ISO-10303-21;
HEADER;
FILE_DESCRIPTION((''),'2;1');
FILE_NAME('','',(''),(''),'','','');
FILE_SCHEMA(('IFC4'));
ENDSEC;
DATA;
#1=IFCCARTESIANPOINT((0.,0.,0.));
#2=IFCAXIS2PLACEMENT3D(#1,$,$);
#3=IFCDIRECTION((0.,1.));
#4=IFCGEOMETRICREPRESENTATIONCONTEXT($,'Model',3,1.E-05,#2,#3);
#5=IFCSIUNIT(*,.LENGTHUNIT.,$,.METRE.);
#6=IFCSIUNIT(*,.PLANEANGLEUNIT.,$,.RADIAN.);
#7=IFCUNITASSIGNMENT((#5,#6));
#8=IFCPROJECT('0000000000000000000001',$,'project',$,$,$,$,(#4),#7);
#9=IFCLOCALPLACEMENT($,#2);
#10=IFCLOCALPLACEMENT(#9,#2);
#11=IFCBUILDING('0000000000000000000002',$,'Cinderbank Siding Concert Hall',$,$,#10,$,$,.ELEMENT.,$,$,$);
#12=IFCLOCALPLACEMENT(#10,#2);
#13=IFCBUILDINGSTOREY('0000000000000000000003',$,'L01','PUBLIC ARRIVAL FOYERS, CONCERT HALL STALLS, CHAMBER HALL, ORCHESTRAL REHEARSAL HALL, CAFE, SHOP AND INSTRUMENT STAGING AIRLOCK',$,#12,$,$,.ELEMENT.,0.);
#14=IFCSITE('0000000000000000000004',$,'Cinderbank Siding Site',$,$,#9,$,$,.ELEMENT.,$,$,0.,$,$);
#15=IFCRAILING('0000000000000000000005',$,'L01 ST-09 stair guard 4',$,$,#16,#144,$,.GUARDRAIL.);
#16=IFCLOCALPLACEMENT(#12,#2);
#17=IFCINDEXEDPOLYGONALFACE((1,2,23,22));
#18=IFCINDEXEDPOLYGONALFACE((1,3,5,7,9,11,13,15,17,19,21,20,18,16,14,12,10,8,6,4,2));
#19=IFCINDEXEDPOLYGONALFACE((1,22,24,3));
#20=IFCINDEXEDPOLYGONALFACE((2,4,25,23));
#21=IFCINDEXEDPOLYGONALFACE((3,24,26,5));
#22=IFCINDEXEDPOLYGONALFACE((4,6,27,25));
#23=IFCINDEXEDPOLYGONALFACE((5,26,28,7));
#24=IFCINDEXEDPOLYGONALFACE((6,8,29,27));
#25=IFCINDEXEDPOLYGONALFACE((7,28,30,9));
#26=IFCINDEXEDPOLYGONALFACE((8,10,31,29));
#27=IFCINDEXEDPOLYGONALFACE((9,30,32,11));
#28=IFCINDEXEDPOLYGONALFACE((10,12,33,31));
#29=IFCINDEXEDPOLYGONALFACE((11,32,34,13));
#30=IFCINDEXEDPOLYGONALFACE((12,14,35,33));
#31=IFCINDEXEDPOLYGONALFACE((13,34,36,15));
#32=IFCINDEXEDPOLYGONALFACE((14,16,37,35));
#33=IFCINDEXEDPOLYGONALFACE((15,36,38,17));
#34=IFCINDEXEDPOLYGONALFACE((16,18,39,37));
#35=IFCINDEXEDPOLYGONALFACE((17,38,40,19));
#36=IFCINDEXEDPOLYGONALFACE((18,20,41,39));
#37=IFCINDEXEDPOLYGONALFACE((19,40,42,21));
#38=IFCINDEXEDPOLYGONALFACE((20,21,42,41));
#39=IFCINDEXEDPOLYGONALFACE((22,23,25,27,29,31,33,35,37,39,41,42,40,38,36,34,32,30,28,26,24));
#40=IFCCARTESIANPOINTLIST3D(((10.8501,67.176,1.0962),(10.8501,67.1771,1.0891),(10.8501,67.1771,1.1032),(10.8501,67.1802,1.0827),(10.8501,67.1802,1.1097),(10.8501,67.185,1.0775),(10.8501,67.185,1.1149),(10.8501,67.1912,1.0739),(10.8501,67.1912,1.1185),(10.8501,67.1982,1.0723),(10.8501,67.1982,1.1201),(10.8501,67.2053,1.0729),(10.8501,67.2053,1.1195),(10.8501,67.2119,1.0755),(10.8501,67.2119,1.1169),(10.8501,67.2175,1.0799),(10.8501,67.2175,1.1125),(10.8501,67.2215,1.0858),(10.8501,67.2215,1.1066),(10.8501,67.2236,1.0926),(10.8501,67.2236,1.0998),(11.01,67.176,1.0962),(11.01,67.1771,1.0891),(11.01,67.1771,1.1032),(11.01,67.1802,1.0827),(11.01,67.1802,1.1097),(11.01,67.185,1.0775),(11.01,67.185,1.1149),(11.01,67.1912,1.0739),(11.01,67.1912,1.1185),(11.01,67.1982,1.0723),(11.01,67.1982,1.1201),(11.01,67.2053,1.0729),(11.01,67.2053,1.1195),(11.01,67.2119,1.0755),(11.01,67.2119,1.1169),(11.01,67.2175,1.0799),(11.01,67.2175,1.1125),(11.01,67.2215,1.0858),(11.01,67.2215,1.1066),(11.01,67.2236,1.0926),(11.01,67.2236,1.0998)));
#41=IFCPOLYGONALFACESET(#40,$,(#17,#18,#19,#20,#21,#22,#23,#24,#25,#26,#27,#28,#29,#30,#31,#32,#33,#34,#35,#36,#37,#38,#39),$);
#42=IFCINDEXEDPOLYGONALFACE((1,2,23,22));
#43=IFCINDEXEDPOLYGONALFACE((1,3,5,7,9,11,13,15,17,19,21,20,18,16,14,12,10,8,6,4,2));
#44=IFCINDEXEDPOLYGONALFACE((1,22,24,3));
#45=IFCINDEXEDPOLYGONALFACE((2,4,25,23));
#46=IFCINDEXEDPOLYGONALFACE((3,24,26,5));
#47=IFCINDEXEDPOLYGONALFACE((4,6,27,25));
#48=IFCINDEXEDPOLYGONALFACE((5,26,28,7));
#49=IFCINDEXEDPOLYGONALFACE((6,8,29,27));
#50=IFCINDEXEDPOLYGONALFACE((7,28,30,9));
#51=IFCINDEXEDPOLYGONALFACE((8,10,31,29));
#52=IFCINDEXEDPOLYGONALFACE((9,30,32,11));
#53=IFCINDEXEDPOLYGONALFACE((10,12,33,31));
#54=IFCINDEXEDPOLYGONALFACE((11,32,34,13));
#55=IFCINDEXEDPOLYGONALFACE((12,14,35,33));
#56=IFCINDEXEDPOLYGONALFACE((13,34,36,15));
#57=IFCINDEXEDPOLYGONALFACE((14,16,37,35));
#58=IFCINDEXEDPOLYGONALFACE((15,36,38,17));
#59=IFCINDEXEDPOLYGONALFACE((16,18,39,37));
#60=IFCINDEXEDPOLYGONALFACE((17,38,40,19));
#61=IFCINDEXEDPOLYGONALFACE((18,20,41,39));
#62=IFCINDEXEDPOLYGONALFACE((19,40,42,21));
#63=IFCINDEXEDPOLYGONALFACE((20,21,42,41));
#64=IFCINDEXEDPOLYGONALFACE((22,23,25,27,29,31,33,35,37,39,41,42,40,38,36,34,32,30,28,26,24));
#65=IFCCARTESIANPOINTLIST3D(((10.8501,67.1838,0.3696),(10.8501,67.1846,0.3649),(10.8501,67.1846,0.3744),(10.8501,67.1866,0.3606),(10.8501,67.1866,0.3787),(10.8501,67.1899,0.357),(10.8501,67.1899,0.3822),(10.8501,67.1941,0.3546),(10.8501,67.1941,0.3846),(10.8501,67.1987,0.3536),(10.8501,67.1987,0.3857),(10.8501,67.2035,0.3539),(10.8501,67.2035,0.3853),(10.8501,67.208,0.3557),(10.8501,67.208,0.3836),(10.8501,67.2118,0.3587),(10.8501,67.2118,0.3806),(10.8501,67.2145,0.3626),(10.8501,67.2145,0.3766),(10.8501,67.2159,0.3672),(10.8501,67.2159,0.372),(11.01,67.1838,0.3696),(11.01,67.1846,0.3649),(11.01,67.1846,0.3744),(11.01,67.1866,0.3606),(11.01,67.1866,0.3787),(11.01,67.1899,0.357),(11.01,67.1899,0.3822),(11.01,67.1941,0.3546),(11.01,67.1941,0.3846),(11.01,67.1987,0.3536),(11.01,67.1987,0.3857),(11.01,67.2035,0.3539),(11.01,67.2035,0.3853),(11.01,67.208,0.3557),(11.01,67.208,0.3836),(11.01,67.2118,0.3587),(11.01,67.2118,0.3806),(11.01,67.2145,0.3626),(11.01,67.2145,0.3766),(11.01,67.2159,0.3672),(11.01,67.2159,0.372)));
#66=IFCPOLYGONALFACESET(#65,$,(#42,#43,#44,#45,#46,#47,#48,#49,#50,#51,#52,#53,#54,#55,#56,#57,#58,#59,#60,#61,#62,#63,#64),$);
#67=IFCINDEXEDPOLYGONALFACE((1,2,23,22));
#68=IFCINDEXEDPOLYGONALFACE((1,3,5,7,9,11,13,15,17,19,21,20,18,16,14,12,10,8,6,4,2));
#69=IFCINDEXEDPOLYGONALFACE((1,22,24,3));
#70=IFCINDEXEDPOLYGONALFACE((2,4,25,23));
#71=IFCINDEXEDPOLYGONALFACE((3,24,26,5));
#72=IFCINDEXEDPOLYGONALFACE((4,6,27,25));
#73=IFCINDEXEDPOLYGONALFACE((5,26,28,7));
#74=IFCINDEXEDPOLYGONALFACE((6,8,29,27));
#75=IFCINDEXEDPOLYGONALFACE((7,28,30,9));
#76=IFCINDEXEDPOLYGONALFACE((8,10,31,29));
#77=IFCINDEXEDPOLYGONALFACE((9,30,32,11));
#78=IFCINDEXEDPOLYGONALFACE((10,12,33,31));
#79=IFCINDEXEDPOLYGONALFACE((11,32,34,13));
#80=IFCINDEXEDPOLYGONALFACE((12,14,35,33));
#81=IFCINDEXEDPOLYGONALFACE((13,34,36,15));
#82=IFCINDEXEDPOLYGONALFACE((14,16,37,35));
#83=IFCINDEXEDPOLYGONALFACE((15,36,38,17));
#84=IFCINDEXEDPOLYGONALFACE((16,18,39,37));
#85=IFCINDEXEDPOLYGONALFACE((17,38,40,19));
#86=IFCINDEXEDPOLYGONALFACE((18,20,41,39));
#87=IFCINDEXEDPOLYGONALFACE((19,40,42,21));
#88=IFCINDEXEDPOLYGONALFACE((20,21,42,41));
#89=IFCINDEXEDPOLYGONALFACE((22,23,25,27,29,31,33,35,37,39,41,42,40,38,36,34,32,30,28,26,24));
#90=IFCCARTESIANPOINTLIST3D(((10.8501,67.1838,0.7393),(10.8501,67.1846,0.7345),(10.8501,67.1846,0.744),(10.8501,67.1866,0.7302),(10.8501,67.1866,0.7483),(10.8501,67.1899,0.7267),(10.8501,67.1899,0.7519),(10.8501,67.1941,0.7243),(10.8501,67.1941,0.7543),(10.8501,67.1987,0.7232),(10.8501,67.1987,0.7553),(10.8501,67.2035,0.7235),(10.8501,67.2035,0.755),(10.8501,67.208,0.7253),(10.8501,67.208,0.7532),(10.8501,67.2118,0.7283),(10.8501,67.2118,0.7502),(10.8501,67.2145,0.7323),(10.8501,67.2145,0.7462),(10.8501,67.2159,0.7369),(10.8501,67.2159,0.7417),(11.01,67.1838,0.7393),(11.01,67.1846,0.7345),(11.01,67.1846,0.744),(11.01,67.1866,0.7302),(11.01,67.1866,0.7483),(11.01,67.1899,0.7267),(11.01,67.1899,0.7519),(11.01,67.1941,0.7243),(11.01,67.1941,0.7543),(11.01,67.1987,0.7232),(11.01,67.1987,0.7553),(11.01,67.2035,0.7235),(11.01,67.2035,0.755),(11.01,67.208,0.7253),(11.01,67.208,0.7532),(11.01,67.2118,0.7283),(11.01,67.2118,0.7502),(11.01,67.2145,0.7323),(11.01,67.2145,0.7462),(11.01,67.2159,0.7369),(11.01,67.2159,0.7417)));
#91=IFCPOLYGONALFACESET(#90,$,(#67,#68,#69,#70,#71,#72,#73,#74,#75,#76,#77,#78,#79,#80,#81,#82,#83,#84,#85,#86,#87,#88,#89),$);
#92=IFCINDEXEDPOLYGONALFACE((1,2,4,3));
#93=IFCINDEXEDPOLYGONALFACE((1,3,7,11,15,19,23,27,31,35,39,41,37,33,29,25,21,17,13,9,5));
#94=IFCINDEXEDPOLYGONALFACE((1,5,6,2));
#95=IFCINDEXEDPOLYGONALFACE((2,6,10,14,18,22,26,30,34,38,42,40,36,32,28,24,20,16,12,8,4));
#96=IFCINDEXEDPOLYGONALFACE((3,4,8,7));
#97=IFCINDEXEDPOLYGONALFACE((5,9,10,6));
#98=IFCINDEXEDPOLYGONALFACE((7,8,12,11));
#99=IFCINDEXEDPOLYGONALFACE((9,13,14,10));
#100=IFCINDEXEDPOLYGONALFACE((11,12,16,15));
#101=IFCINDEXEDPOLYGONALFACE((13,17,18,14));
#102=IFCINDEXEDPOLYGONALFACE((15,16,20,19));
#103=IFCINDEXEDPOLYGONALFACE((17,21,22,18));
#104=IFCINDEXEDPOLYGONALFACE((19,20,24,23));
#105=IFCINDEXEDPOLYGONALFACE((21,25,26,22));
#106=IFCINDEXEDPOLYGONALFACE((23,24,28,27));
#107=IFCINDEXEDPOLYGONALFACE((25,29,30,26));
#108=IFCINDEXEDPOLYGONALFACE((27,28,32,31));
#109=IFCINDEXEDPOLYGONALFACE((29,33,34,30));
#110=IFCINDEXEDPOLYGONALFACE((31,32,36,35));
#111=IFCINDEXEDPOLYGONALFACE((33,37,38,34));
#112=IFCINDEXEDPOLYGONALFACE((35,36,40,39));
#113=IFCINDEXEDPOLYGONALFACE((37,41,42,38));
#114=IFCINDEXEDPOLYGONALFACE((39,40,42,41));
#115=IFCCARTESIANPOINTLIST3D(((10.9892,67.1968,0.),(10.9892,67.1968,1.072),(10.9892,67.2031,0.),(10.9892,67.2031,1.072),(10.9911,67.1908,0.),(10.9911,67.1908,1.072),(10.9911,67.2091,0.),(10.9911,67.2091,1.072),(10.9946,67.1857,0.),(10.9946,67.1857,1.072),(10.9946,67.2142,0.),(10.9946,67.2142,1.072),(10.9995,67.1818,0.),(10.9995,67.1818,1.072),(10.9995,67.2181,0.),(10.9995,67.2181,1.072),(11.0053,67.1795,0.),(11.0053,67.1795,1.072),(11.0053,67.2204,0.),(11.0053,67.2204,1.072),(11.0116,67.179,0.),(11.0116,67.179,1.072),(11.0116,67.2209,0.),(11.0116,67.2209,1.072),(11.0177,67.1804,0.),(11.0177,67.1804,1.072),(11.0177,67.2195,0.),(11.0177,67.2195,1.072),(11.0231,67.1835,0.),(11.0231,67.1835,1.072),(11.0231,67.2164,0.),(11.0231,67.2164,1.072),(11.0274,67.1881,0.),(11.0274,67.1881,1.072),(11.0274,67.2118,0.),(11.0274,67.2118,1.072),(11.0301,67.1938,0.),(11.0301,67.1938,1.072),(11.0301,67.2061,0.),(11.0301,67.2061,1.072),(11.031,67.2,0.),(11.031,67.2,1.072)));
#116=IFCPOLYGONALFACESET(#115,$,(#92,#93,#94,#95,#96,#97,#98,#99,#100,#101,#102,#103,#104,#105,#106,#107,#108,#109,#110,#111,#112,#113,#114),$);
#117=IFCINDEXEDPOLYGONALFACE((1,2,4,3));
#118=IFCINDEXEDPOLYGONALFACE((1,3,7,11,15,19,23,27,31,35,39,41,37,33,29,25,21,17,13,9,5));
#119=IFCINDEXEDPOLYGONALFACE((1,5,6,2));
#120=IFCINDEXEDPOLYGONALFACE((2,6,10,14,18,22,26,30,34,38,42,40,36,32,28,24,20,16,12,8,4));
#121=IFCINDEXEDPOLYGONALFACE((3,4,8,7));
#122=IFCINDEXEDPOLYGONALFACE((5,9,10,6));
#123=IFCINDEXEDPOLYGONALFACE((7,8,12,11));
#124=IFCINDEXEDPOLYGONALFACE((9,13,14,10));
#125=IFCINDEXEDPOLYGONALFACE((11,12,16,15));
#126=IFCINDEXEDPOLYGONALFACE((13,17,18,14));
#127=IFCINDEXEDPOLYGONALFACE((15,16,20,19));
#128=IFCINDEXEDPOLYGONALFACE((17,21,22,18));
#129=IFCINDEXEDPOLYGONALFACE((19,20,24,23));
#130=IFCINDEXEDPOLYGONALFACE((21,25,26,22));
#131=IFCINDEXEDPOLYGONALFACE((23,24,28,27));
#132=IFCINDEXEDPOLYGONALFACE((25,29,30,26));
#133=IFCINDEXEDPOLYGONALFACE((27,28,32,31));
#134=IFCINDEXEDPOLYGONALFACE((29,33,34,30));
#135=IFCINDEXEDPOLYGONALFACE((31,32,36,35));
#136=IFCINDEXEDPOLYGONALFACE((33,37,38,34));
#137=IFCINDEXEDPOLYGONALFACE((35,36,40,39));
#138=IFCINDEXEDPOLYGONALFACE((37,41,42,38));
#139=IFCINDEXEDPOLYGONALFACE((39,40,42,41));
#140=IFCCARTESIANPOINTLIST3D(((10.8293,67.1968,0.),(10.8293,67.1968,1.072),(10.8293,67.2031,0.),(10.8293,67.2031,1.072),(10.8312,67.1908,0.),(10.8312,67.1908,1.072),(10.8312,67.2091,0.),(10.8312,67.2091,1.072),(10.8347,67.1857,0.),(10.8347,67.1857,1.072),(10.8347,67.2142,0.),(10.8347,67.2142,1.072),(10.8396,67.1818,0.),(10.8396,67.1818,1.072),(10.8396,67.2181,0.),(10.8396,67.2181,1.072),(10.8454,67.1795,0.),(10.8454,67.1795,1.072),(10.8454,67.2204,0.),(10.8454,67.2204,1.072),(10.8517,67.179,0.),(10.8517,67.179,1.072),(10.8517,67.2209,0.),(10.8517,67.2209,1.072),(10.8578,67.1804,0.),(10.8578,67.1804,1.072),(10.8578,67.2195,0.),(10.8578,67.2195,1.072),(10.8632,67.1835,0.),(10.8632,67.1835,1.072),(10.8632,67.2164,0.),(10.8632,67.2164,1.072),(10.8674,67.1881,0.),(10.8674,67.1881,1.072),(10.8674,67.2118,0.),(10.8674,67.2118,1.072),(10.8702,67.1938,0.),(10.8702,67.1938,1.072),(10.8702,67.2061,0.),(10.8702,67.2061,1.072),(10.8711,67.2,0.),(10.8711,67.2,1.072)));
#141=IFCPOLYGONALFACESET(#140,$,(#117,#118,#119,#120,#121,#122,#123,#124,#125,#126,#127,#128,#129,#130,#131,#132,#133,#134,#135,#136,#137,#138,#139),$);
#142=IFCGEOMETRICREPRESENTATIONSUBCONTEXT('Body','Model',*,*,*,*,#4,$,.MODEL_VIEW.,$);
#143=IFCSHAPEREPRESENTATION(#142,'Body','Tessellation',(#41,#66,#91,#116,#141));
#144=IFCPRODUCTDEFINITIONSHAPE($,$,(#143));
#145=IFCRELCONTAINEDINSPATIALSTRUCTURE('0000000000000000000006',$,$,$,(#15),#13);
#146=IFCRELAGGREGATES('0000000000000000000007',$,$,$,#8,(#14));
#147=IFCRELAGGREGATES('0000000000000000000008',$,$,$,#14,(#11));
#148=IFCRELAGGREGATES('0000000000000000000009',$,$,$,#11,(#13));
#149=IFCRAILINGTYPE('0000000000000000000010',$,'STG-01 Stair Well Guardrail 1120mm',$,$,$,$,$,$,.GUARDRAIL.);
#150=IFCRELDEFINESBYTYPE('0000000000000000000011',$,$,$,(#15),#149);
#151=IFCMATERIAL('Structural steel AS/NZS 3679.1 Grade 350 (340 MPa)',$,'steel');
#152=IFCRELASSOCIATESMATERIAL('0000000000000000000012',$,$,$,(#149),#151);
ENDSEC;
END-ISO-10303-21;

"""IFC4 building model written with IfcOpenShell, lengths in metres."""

from ifc_helpers import new_model, si_unit, direction, frame, origin, origin_2d, place, context, subcontext, project, spatial, circle, extrude, material, type_object, element, save


model = new_model("IFC4")

# Units and contexts
model_context = context("Model", 3, precision=1e-05, world=origin(), true_north=direction((0.0, 1.0)))
body_context = subcontext(model_context, "Body", "Model", "MODEL_VIEW")
ifc_project = project(units=[si_unit("LENGTHUNIT", "METRE"), si_unit("PLANEANGLEUNIT", "RADIAN")], contexts=[model_context])

# Site, building, storey
site_placement = place(None, origin())
site = spatial("IfcSite", under=ifc_project, at=site_placement, Name="Cinderbank Siding Site", CompositionType="ELEMENT", RefElevation=0.0)
building_placement = place(site_placement, origin())
building = spatial("IfcBuilding", under=site, at=building_placement, Name="Cinderbank Siding Concert Hall", CompositionType="ELEMENT")
storey_placement = place(building_placement, origin())
storey = spatial("IfcBuildingStorey", under=building, at=storey_placement, Name="L01", Description="PUBLIC ARRIVAL FOYERS, CONCERT HALL STALLS, CHAMBER HALL, ORCHESTRAL REHEARSAL HALL, CAFE, SHOP AND INSTRUMENT STAGING AIRLOCK", CompositionType="ELEMENT", Elevation=0.0)

# Shared definitions
ifc_material_1 = material(Name="Structural steel AS/NZS 3679.1 Grade 350 (340 MPa)", Category="steel")

# Railing
railing_type_1 = type_object("IfcRailingType", Name="STG-01 Stair Well Guardrail 1120mm", PredefinedType="GUARDRAIL", material=ifc_material_1)
railing_1_placement = place(storey_placement, frame((11.01, 67.2, 0.0)))
element("IfcRailing", 1, at=railing_1_placement, inside=storey, type_object=railing_type_1, Name="L01 ST-09 stair guard 4", PredefinedType="GUARDRAIL", context=body_context, shape_type="SweptSolid", body=[
    extrude(circle(Radius=0.0239, at=origin_2d()), frame((0.0, 0.0, 1.0962), z_axis=(-1.0, 0.0, 0.0), x_axis=(0.0, -1.0, 0.0)), (0.0, 0.0, 1.0), 0.1599),
    extrude(circle(Radius=0.0161, at=origin_2d()), frame((0.0, 0.0, 0.3696), z_axis=(-1.0, 0.0, 0.0), x_axis=(0.0, -1.0, 0.0)), (0.0, 0.0, 1.0), 0.1599),
    extrude(circle(Radius=0.0161, at=origin_2d()), frame((0.0, 0.0, 0.7393), z_axis=(-1.0, 0.0, 0.0), x_axis=(0.0, -1.0, 0.0)), (0.0, 0.0, 1.0), 0.1599),
    extrude(circle(Radius=0.021, at=origin_2d()), origin(), (0.0, 0.0, 1.0), 1.072),
    extrude(circle(Radius=0.021, at=origin_2d()), frame((-0.1599, 0.0, 0.0)), (0.0, 0.0, 1.0), 1.072),
])

save(model, "model.ifc")
